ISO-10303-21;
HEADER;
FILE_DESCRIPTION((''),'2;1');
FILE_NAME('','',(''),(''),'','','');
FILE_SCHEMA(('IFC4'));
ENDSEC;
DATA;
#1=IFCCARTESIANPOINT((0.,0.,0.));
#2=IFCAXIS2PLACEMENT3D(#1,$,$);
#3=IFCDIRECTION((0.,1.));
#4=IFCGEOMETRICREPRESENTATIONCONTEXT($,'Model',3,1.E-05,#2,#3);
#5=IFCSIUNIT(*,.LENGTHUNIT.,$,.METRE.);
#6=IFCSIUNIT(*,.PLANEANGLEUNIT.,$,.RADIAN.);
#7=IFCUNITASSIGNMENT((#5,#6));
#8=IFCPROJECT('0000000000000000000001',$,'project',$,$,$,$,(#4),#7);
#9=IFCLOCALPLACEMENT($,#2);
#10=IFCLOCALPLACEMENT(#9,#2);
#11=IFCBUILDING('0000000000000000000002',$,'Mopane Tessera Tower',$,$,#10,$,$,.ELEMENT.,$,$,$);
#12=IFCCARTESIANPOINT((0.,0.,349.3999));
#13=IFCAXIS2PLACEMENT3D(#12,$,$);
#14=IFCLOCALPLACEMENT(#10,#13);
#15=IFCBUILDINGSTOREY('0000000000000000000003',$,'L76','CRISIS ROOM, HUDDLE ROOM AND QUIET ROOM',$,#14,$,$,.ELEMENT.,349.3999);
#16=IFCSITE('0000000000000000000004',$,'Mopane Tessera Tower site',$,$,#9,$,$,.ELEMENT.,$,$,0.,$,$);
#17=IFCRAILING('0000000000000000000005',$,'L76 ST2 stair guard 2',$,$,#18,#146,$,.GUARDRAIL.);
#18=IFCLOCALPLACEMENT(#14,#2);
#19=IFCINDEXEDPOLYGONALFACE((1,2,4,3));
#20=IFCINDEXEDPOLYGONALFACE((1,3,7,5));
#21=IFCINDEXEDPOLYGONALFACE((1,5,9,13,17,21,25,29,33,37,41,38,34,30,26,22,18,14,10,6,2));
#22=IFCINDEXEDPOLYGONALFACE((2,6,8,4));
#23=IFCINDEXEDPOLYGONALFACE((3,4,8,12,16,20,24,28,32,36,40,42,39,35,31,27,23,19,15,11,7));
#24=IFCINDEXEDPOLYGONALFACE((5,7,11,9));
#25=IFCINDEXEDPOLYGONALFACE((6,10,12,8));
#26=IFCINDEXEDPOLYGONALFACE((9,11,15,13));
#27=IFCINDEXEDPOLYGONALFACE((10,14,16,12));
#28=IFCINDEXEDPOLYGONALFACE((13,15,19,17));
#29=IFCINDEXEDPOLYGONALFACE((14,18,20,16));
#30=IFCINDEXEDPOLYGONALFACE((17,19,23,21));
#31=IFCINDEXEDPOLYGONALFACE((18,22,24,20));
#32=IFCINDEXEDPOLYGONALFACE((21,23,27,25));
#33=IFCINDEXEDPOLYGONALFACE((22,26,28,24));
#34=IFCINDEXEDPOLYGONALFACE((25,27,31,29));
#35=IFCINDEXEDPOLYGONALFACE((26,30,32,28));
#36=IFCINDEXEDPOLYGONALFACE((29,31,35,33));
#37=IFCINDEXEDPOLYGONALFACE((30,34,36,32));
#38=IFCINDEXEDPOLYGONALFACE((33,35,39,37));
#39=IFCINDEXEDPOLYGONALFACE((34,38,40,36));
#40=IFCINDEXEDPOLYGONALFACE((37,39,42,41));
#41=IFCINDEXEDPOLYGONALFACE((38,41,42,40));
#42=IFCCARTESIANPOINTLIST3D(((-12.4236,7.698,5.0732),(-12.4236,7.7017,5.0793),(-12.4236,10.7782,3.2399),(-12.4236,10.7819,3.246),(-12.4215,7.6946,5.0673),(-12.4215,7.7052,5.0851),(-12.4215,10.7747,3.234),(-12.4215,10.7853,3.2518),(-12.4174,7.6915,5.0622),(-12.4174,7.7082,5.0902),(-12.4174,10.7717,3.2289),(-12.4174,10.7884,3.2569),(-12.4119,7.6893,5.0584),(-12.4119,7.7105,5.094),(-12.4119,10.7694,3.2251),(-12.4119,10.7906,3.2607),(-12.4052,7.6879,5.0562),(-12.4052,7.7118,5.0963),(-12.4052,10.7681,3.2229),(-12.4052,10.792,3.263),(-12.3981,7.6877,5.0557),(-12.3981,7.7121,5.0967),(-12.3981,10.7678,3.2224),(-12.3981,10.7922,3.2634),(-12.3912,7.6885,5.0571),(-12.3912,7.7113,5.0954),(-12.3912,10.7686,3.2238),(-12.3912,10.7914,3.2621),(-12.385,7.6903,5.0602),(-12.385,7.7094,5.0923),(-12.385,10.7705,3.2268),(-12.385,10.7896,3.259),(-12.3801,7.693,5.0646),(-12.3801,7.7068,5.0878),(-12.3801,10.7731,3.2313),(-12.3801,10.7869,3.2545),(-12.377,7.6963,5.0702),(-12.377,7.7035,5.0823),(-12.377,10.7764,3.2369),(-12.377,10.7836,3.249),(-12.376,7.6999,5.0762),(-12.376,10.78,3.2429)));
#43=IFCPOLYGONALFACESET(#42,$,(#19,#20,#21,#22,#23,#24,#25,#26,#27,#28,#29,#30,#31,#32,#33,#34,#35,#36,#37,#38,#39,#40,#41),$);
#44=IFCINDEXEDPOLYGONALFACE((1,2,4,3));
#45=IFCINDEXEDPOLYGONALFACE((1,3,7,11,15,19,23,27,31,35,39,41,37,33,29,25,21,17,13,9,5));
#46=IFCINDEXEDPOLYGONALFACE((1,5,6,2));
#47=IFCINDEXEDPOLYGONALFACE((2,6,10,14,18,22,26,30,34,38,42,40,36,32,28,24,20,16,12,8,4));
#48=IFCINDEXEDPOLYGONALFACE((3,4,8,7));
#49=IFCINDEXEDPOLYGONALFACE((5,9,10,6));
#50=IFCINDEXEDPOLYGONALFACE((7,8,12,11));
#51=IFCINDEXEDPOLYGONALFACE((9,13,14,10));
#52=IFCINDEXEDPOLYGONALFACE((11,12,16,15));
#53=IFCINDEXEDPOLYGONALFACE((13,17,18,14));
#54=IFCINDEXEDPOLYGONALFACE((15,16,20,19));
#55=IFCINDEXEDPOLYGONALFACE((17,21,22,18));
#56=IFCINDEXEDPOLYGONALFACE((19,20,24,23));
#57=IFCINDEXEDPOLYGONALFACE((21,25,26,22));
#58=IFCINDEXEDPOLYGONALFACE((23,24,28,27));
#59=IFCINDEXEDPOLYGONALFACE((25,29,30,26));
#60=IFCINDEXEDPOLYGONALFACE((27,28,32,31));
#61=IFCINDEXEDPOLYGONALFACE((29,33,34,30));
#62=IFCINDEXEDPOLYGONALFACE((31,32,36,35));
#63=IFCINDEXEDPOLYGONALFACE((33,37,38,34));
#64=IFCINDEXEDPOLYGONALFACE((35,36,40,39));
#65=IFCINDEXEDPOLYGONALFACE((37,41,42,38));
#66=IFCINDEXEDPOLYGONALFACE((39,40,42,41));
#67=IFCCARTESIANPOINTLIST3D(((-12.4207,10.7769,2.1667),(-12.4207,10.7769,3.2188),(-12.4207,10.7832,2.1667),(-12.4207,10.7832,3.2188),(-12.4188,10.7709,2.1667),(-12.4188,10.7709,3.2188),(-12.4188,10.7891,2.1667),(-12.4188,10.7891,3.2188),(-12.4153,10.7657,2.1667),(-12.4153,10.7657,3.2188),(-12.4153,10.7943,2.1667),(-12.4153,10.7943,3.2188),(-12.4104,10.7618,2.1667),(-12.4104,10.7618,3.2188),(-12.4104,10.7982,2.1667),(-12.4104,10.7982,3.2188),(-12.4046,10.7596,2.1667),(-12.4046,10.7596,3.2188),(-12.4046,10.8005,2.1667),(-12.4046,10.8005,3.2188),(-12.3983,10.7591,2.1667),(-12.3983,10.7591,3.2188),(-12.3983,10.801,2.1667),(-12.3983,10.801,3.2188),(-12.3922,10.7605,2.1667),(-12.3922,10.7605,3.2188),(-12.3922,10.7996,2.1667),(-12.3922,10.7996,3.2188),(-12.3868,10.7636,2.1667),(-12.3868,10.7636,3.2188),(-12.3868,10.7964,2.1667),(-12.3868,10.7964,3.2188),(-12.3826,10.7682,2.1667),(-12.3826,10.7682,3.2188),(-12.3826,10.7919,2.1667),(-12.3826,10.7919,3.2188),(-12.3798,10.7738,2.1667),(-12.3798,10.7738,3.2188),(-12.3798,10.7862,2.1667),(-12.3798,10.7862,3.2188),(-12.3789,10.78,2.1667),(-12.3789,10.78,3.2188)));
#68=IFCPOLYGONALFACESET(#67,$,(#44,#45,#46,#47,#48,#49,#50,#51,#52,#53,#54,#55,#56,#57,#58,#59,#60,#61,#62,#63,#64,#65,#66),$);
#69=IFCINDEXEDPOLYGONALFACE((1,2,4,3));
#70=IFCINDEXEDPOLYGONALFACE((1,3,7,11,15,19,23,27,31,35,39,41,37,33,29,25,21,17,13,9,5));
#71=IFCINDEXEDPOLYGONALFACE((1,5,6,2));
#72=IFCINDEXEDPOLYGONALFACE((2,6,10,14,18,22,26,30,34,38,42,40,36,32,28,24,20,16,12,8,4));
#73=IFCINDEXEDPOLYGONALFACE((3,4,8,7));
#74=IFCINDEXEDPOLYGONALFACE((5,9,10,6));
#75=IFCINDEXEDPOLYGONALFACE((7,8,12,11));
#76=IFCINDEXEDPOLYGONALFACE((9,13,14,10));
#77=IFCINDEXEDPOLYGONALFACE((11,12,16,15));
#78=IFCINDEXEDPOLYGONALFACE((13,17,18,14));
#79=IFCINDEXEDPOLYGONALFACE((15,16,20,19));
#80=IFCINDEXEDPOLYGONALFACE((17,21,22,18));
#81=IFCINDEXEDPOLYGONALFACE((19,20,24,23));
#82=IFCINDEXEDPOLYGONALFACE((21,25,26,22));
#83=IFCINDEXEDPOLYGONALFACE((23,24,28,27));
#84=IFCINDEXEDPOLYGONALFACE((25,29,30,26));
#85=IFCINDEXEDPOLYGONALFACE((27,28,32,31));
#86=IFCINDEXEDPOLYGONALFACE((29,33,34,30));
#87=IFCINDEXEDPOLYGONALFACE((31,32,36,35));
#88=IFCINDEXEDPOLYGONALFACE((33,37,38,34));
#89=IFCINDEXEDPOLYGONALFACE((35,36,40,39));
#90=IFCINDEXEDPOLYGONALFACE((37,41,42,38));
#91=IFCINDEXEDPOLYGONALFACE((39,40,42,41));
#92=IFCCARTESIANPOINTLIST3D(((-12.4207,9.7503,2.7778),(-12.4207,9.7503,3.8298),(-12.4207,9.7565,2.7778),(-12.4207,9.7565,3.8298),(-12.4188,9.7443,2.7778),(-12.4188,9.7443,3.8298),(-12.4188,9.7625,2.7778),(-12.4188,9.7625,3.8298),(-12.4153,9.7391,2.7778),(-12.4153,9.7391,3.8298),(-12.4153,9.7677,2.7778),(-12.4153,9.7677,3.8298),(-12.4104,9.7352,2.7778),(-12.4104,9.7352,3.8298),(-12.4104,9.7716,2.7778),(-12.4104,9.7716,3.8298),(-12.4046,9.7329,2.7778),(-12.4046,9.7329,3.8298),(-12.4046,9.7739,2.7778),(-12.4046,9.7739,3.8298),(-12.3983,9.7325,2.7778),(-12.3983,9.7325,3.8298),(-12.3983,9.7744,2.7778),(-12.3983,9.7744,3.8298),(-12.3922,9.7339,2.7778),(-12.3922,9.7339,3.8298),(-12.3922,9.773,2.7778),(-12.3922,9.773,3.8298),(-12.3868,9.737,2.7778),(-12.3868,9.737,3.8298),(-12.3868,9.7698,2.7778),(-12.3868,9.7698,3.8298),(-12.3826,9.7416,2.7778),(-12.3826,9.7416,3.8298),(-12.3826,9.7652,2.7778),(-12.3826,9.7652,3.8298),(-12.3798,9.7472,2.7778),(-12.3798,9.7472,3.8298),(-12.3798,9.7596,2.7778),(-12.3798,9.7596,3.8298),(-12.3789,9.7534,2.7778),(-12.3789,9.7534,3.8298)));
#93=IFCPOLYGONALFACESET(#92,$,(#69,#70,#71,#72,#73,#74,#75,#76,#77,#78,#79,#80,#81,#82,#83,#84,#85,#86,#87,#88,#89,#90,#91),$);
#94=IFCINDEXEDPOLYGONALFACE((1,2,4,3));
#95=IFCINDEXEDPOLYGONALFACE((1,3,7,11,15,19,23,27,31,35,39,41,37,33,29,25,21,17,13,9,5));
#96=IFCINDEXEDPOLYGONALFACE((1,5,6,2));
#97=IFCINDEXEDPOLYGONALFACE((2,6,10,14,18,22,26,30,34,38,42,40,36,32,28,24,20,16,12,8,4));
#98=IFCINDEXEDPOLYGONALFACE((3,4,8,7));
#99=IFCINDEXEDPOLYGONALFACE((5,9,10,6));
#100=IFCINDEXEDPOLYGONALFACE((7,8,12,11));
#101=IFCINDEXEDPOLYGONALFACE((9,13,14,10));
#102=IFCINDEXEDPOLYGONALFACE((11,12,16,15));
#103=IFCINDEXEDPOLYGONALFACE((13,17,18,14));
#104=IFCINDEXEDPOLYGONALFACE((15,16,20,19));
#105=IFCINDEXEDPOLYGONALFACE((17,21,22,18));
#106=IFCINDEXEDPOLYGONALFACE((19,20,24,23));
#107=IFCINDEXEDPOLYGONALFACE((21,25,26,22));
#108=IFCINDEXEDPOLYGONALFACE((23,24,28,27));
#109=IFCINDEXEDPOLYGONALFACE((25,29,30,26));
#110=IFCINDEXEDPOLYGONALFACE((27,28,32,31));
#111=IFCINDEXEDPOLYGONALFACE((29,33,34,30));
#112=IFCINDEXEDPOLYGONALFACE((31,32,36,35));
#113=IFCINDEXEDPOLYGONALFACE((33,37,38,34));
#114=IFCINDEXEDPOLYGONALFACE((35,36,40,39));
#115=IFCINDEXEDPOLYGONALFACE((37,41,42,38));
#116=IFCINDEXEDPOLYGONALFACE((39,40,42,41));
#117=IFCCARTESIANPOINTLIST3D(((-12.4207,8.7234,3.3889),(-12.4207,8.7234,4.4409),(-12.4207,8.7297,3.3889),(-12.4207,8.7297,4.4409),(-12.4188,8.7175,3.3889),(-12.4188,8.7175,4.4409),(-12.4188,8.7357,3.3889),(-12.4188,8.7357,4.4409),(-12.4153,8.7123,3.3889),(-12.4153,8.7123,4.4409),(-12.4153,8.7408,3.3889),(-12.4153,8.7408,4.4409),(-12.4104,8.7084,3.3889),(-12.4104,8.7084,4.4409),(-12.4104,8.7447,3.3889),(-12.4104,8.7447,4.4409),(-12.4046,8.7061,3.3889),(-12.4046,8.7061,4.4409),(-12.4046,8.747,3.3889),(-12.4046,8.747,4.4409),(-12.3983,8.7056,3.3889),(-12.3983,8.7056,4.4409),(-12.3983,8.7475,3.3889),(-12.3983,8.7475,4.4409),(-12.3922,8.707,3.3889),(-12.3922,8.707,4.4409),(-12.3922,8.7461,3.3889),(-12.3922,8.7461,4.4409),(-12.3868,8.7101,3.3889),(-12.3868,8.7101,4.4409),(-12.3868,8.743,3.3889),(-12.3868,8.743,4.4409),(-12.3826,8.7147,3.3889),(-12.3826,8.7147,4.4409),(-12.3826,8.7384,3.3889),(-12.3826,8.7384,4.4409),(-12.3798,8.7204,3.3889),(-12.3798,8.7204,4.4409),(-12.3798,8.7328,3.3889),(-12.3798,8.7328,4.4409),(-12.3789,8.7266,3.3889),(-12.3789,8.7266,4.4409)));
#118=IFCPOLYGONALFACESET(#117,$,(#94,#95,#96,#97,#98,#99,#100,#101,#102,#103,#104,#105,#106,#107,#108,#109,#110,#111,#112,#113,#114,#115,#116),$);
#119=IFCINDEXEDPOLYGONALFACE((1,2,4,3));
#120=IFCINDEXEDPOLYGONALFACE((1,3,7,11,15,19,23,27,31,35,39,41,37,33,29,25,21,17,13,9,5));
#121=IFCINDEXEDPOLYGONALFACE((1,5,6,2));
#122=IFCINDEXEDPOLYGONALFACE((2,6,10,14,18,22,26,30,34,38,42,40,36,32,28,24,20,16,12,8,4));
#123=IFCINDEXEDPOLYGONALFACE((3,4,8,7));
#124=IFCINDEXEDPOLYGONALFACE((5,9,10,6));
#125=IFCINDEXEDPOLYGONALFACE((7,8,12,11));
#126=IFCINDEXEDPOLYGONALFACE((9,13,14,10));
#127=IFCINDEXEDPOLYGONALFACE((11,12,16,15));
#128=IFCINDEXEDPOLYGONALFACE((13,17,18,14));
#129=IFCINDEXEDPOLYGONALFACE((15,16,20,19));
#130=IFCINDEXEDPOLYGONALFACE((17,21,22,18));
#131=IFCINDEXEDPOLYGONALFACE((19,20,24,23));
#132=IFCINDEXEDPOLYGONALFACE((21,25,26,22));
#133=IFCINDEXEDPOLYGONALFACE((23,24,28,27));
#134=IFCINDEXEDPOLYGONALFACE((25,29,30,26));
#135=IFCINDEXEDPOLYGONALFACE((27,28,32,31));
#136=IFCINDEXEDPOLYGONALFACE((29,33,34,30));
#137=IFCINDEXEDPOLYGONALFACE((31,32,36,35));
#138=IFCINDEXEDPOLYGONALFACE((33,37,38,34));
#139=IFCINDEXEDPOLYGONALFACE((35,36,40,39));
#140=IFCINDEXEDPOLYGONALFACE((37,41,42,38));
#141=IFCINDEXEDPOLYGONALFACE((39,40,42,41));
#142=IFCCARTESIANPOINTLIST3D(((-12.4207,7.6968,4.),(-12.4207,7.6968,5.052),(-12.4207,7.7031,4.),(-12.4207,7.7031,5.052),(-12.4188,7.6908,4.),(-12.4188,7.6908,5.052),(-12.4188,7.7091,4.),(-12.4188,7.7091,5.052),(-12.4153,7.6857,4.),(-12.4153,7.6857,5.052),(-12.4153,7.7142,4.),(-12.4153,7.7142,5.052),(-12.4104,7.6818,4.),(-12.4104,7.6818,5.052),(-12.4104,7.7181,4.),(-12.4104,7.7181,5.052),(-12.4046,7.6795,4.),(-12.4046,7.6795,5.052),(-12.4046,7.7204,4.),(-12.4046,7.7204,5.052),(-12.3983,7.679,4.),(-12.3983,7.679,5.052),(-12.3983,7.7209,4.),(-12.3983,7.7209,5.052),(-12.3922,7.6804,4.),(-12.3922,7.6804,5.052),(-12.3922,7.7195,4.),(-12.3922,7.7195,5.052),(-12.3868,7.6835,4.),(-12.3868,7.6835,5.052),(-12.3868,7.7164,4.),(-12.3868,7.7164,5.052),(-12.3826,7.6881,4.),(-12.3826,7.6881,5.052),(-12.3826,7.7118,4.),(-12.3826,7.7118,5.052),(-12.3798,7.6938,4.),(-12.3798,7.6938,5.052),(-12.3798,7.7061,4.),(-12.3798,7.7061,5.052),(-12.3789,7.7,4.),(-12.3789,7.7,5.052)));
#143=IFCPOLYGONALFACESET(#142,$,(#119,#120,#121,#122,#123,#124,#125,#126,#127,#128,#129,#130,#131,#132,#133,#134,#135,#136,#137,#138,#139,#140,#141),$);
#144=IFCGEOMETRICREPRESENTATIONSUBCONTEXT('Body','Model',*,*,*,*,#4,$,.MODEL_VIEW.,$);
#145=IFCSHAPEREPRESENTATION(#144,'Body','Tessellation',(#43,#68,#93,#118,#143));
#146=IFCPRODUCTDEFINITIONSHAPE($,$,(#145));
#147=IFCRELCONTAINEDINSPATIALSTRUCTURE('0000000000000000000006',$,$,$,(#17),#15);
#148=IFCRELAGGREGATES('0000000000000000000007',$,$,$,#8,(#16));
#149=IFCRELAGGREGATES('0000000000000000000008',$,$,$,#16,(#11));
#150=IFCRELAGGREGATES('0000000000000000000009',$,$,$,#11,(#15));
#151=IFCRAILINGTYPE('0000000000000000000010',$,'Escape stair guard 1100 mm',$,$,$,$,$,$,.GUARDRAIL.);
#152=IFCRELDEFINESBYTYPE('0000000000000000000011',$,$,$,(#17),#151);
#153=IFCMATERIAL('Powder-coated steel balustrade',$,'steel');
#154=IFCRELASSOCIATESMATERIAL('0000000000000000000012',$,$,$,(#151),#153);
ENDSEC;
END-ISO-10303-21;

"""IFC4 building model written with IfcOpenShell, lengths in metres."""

from ifc_helpers import new_model, si_unit, direction, frame, origin, origin_2d, place, context, subcontext, project, spatial, circle, extrude, material, type_object, element, save


model = new_model("IFC4")

# Units and contexts
model_context = context("Model", 3, precision=1e-05, world=origin(), true_north=direction((0.0, 1.0)))
body_context = subcontext(model_context, "Body", "Model", "MODEL_VIEW")
ifc_project = project(units=[si_unit("LENGTHUNIT", "METRE"), si_unit("PLANEANGLEUNIT", "RADIAN")], contexts=[model_context])

# Site, building, storey
site_placement = place(None, origin())
site = spatial("IfcSite", under=ifc_project, at=site_placement, Name="Mopane Tessera Tower site", CompositionType="ELEMENT", RefElevation=0.0)
building_placement = place(site_placement, origin())
building = spatial("IfcBuilding", under=site, at=building_placement, Name="Mopane Tessera Tower", CompositionType="ELEMENT")
storey_placement = place(building_placement, frame((0.0, 0.0, 349.3999)))
storey = spatial("IfcBuildingStorey", under=building, at=storey_placement, Name="L76", Description="CRISIS ROOM, HUDDLE ROOM AND QUIET ROOM", CompositionType="ELEMENT", Elevation=349.3999)

# Railing
ifc_material_1 = material(Name="Powder-coated steel balustrade", Category="steel")
railing_type_1 = type_object("IfcRailingType", Name="Escape stair guard 1100 mm", PredefinedType="GUARDRAIL", material=ifc_material_1)
railing_1_placement = place(storey_placement, frame((-12.3999, 10.78, 2.1667)))
element("IfcRailing", 1, at=railing_1_placement, inside=storey, type_object=railing_type_1, Name="L76 ST2 stair guard 2", PredefinedType="GUARDRAIL", context=body_context, shape_type="SweptSolid", body=[
    extrude(circle(Radius=0.0239, at=origin_2d()), frame((0.0, 0.0, 1.0762), z_axis=(0.0, -0.859309, 0.511458), x_axis=(1.0, 0.0, 0.0)), (0.0, 0.0, 1.0), 3.5845),
    extrude(circle(Radius=0.021, at=origin_2d()), origin(), (0.0, 0.0, 1.0), 1.052),
    extrude(circle(Radius=0.021, at=origin_2d()), frame((0.0, -1.0266, 0.6111)), (0.0, 0.0, 1.0), 1.052),
    extrude(circle(Radius=0.021, at=origin_2d()), frame((0.0, -2.0535, 1.2222)), (0.0, 0.0, 1.0), 1.052),
    extrude(circle(Radius=0.021, at=origin_2d()), frame((0.0, -3.0801, 1.8333)), (0.0, 0.0, 1.0), 1.052),
])

save(model, "model.ifc")
